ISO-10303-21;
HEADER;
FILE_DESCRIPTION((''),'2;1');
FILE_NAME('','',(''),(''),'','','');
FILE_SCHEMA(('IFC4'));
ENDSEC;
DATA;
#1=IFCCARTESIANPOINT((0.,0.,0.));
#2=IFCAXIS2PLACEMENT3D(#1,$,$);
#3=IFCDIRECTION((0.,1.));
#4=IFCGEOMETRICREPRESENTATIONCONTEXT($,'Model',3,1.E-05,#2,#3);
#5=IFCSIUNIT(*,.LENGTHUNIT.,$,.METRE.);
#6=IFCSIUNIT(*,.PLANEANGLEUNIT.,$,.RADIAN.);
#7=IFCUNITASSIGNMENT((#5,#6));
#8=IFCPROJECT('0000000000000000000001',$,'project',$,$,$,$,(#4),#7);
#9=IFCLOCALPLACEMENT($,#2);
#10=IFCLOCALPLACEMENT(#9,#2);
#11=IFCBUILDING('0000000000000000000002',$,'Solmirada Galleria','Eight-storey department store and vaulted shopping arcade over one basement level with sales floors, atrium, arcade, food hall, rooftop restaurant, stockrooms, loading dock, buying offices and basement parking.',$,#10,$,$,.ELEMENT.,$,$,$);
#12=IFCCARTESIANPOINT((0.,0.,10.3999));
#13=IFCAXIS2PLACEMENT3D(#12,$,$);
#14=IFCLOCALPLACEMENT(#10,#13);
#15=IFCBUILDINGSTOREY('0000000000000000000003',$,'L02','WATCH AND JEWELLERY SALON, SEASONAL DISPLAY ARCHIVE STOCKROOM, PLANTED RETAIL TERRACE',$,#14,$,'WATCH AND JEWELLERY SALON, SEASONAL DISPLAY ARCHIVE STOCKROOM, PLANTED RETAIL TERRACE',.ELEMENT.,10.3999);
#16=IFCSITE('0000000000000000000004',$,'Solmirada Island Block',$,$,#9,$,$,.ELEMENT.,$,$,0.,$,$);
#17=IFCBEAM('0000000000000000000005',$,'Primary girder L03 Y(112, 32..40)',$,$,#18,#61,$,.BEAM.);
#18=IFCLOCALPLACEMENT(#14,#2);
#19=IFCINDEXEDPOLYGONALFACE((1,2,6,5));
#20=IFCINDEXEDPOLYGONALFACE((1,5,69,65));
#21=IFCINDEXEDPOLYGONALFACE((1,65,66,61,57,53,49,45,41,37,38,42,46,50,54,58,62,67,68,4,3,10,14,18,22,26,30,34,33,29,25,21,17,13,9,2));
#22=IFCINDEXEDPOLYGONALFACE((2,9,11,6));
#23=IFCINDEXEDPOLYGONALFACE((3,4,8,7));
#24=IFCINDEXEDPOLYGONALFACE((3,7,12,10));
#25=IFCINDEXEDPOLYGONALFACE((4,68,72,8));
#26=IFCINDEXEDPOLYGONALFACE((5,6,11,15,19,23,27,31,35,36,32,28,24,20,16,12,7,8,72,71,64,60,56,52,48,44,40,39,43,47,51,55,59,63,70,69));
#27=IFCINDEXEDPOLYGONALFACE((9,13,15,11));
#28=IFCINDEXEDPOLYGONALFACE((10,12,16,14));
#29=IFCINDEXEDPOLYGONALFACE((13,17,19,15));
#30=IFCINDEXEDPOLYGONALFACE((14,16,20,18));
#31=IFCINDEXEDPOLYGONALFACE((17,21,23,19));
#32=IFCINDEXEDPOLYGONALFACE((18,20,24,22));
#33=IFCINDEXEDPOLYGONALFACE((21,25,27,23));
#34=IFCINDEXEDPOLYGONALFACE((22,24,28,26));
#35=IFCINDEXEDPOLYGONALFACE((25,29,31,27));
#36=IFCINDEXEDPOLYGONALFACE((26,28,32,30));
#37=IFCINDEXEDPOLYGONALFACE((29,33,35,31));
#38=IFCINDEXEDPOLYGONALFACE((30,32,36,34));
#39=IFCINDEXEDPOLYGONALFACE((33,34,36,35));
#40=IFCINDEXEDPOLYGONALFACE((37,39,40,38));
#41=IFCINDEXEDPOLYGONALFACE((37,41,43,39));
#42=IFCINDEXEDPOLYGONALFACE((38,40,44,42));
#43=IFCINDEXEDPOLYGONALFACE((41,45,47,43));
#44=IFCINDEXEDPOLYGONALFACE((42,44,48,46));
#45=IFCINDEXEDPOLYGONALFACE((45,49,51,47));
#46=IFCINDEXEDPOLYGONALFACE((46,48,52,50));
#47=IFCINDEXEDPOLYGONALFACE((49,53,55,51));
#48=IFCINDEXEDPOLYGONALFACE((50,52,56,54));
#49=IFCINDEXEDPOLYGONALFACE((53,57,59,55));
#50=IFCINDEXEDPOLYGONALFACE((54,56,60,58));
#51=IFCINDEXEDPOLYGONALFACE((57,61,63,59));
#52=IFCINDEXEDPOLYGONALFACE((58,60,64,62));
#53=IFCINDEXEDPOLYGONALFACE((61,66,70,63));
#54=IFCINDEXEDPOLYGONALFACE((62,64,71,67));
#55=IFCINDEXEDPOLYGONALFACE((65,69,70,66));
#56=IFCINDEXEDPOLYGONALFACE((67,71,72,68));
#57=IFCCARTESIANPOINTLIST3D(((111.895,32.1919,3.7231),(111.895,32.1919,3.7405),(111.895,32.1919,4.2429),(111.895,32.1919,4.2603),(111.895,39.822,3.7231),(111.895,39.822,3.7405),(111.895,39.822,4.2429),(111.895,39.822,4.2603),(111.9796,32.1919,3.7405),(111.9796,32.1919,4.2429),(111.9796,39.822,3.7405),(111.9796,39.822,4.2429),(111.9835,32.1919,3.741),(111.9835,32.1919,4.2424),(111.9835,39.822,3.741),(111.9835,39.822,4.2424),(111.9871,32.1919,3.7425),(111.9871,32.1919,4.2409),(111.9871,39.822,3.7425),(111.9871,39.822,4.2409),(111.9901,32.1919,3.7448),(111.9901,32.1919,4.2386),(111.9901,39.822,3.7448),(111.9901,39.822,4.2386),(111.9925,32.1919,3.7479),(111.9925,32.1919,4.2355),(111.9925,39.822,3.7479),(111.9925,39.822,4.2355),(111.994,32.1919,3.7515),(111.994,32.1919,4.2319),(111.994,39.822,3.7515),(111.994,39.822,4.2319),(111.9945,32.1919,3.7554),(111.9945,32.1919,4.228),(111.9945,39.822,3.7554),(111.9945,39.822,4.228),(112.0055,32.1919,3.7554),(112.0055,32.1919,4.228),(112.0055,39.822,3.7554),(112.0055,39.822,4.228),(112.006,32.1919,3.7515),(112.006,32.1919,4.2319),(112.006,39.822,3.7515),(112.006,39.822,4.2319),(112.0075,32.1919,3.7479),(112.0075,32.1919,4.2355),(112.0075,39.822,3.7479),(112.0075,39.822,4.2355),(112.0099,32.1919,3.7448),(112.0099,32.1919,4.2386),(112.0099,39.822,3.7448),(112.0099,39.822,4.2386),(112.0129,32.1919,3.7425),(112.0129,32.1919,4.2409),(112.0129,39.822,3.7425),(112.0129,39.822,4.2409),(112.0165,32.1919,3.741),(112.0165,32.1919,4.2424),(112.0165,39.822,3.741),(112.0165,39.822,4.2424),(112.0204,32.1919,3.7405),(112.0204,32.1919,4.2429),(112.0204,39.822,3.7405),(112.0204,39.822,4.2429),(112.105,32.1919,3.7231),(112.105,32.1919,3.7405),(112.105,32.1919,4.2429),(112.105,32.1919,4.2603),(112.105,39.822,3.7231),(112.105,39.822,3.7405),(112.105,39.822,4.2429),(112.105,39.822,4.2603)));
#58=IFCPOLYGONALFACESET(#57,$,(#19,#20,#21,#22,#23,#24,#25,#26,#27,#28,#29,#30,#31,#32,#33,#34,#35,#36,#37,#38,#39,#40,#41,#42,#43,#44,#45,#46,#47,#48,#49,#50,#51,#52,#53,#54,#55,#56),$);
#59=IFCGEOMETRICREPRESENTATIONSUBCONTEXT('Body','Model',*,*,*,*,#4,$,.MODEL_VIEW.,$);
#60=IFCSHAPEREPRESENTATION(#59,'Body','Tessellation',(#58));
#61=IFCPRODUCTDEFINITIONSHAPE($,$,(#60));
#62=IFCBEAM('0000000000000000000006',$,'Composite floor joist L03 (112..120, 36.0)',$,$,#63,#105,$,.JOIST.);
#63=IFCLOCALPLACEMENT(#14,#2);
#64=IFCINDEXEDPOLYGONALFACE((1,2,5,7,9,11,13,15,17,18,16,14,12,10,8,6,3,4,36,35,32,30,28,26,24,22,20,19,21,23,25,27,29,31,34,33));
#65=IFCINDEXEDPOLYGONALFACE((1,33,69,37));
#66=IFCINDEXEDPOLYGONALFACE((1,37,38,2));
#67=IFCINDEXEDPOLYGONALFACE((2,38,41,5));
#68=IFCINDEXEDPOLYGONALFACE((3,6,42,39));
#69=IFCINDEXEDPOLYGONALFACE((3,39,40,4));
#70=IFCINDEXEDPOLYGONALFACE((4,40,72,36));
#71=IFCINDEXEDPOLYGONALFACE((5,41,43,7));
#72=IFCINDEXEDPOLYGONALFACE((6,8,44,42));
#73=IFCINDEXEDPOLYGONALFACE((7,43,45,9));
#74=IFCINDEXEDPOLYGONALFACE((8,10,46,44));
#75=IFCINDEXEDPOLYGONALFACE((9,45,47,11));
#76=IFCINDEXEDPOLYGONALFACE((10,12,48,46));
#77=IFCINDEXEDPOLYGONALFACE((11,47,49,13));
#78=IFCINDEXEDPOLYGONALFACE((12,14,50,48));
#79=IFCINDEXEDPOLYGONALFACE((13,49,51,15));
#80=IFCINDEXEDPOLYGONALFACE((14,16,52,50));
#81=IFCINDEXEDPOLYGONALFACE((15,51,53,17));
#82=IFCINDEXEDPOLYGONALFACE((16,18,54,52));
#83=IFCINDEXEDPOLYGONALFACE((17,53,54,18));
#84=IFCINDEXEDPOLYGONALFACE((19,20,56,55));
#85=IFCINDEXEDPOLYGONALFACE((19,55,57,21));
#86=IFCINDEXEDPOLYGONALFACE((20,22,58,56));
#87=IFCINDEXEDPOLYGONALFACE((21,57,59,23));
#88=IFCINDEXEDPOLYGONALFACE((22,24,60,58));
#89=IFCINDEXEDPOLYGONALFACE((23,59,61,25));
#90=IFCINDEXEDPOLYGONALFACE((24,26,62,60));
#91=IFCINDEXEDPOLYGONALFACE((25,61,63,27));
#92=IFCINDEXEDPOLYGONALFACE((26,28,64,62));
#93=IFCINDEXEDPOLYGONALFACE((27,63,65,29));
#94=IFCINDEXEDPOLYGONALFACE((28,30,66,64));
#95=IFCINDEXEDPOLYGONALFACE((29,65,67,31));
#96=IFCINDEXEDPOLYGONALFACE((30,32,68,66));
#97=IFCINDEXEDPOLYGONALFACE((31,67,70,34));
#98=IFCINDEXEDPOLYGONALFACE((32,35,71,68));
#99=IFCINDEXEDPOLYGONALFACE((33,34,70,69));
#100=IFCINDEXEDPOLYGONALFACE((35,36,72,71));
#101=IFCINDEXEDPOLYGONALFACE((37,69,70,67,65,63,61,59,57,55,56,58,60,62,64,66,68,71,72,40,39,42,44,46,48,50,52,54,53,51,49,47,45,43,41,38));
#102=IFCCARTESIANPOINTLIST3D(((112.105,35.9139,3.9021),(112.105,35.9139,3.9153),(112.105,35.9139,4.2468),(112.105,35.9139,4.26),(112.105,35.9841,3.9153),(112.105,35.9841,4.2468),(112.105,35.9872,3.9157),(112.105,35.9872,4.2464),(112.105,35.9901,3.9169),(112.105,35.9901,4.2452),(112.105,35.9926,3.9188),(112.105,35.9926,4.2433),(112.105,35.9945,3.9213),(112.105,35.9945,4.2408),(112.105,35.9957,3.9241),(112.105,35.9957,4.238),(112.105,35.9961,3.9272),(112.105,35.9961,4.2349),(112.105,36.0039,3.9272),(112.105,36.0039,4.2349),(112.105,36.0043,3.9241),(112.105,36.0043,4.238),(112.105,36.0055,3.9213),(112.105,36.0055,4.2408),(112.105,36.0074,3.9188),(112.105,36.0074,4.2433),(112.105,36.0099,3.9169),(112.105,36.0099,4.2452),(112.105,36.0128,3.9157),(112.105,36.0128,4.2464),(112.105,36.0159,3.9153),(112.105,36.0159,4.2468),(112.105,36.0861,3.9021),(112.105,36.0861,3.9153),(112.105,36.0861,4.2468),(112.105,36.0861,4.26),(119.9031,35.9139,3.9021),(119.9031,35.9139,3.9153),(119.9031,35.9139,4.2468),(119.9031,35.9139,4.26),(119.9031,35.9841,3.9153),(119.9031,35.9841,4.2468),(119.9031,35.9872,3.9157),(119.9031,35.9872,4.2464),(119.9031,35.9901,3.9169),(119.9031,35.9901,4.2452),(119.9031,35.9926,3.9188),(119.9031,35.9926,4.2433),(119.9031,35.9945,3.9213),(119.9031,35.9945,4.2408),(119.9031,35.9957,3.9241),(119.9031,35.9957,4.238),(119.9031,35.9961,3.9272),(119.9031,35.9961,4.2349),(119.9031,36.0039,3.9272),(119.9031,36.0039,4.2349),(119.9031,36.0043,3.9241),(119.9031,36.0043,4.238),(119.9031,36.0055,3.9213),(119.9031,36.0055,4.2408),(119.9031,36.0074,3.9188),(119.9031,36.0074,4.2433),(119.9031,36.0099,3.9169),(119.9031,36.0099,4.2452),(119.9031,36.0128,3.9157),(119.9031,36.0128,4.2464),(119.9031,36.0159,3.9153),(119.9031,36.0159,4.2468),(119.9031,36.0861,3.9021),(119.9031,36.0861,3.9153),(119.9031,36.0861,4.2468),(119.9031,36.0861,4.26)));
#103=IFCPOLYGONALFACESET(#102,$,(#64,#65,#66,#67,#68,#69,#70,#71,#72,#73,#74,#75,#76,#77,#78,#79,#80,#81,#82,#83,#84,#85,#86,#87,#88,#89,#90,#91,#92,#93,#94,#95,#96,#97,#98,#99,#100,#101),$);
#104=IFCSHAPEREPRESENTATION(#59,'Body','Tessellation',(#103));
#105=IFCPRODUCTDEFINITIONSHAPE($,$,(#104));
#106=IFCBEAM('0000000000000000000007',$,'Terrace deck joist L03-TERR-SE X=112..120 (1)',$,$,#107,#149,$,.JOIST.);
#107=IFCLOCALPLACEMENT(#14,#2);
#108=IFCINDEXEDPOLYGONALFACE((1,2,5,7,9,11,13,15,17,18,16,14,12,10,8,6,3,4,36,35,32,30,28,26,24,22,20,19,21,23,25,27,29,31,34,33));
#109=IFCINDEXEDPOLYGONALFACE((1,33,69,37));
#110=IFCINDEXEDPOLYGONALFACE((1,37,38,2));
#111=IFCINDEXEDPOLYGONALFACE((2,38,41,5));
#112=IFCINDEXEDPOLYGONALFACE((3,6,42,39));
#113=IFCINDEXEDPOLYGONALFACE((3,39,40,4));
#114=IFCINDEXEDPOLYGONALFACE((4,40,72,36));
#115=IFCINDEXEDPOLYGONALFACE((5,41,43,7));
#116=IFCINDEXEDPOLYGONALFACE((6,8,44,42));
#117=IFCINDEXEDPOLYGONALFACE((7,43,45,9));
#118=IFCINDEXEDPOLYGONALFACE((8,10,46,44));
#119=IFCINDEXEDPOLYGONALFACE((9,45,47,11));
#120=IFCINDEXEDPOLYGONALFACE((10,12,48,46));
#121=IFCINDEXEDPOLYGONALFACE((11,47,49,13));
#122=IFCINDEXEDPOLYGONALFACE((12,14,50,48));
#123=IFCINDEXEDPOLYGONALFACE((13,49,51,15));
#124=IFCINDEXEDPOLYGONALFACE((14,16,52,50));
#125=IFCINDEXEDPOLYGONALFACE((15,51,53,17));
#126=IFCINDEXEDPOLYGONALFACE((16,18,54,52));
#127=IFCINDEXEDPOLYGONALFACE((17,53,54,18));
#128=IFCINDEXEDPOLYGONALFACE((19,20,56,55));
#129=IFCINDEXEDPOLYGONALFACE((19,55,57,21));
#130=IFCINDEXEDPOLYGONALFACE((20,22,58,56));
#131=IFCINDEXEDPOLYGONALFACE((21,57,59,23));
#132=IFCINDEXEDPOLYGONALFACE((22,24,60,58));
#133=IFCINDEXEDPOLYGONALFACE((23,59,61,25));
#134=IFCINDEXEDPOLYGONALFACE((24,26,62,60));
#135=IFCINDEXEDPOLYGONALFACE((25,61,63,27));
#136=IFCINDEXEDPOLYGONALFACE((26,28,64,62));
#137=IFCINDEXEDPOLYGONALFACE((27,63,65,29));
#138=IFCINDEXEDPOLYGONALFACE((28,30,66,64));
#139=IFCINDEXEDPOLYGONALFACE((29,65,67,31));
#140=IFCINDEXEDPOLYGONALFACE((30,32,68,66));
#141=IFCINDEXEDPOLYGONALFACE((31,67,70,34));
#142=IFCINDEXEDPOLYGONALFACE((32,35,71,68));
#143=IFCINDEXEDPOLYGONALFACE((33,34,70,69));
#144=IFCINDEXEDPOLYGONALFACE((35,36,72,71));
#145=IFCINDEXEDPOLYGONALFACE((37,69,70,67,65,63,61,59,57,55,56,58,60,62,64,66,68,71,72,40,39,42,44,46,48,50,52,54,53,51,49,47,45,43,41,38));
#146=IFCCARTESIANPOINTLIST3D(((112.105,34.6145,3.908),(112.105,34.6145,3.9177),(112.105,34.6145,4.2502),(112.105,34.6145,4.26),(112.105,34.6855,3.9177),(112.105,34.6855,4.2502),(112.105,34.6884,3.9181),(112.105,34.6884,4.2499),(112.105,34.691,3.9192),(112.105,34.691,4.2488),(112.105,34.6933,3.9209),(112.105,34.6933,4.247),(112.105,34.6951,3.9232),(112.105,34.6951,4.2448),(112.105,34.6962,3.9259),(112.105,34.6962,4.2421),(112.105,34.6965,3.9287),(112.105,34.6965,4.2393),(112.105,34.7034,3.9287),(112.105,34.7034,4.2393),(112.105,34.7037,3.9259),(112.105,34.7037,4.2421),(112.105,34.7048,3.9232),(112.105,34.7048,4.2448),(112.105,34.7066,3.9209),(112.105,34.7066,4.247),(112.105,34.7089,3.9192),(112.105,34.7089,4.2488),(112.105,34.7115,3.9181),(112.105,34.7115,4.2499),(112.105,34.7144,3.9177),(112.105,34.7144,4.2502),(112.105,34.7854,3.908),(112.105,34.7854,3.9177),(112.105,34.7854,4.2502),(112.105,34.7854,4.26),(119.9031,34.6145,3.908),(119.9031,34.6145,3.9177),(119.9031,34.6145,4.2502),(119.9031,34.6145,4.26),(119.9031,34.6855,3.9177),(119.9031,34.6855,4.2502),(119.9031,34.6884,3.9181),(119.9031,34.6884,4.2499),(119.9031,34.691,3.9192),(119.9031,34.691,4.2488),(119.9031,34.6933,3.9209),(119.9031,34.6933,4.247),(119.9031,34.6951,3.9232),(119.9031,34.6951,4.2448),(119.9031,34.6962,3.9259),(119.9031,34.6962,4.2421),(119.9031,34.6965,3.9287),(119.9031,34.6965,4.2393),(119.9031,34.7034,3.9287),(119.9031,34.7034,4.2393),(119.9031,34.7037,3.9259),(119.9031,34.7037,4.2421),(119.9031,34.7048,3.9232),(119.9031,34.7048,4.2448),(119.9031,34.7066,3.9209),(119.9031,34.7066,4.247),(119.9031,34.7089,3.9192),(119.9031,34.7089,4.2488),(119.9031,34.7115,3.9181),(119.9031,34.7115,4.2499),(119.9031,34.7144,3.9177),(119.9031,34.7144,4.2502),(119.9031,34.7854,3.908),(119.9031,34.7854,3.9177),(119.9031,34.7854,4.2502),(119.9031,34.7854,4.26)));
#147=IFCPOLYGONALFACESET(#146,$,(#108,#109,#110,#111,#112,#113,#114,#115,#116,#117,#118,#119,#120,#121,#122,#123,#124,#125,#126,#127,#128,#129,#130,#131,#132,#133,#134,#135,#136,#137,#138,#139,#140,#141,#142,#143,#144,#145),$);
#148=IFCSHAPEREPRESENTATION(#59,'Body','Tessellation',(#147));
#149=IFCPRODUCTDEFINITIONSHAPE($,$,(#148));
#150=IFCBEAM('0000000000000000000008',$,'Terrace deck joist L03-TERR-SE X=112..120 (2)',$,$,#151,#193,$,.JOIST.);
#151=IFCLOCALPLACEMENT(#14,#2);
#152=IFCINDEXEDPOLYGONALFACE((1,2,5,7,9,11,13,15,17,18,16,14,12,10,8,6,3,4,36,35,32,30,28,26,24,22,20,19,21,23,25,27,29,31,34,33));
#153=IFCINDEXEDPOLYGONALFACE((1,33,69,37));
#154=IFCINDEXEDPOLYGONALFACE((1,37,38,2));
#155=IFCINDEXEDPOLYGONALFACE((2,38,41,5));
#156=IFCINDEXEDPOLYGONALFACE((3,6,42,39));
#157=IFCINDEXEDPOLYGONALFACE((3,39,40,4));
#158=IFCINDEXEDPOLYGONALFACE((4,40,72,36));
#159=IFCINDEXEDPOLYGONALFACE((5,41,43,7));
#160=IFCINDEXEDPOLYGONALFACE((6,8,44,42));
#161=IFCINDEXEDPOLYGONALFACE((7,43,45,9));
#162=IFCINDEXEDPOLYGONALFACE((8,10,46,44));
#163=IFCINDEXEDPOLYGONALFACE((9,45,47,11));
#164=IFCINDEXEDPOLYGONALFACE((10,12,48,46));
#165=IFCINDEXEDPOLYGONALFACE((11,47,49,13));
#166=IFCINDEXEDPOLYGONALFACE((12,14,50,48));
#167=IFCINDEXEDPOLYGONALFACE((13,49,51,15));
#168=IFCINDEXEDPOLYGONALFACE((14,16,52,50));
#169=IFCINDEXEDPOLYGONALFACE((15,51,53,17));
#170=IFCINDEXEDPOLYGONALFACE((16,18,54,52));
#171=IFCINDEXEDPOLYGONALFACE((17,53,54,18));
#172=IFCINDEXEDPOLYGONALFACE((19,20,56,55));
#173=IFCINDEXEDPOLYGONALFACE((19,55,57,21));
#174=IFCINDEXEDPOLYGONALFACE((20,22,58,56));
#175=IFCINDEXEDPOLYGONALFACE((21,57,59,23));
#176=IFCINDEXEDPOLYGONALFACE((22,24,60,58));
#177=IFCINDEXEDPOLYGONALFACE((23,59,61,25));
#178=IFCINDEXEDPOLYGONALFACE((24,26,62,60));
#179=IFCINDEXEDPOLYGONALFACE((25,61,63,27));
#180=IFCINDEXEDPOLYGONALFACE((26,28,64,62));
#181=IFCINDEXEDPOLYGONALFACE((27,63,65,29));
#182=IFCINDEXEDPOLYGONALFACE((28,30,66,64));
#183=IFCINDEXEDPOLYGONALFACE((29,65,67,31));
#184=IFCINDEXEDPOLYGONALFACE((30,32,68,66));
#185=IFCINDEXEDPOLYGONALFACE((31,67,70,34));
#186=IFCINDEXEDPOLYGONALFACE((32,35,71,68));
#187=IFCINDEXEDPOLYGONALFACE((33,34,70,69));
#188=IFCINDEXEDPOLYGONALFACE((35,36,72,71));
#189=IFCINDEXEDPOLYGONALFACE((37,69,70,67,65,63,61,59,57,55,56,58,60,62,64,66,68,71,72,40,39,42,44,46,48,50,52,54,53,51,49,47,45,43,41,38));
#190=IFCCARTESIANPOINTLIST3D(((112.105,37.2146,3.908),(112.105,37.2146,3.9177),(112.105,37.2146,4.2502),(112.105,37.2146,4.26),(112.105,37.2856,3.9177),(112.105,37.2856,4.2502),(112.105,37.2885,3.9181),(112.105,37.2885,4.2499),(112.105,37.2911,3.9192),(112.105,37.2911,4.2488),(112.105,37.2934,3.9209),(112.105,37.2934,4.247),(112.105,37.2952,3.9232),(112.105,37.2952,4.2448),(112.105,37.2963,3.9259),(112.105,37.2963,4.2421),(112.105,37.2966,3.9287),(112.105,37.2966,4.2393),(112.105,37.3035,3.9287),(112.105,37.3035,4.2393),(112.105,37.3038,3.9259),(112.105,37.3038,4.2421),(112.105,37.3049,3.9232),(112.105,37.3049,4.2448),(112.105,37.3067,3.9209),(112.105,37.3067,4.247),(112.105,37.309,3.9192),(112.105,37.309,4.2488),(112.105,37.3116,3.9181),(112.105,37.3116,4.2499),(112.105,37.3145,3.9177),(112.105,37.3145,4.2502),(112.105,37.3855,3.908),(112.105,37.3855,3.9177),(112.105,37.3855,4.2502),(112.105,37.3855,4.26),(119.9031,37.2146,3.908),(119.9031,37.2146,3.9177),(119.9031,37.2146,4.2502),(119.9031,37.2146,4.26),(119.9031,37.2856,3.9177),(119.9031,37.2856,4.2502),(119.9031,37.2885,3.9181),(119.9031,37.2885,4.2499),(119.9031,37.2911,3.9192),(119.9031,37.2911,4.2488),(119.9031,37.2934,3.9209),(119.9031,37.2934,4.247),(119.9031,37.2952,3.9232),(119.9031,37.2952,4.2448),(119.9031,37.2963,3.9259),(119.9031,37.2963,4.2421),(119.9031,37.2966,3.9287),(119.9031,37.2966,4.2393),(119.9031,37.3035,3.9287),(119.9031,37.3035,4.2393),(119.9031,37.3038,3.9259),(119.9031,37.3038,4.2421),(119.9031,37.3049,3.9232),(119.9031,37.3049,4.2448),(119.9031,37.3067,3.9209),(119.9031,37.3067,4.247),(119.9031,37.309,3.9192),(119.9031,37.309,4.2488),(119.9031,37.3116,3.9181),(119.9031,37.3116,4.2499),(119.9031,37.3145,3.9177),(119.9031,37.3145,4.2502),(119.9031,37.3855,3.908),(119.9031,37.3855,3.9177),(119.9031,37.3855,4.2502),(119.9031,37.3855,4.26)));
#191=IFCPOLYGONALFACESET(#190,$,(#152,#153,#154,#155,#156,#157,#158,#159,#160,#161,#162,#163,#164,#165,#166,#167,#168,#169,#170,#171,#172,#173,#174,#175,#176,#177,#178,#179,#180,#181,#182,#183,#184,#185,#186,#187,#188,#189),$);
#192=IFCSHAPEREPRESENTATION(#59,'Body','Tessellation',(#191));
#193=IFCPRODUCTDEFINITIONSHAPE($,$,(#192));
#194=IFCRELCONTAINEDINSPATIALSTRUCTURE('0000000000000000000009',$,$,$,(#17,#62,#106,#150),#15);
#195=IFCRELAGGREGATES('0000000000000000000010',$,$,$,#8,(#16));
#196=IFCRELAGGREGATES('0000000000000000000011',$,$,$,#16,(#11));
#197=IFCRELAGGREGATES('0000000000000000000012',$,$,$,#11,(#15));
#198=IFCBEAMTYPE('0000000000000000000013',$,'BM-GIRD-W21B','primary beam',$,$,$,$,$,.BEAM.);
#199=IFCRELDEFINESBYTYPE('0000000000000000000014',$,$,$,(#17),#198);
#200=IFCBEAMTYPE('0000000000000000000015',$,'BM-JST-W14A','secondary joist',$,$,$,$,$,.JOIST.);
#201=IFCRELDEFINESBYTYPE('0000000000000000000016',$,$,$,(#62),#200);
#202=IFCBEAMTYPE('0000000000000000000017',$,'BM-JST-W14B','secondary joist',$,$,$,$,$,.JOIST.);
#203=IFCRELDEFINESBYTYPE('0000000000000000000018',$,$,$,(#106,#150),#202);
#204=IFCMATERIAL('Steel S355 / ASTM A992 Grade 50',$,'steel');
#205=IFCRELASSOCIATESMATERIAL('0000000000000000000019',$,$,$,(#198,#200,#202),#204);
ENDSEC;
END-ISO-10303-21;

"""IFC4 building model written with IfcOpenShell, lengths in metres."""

from ifc_helpers import new_model, si_unit, direction, frame, origin, origin_2d, place, context, subcontext, project, spatial, i_section, extrude, material, material_profile, profile_set, type_object, element, save


model = new_model("IFC4")

# Units and contexts
model_context = context("Model", 3, precision=1e-05, world=origin(), true_north=direction((0.0, 1.0)))
body_context = subcontext(model_context, "Body", "Model", "MODEL_VIEW")
ifc_project = project(units=[si_unit("LENGTHUNIT", "METRE"), si_unit("PLANEANGLEUNIT", "RADIAN")], contexts=[model_context])

# Site, building, storey
site_placement = place(None, origin())
site = spatial("IfcSite", under=ifc_project, at=site_placement, Name="Solmirada Island Block", CompositionType="ELEMENT", RefElevation=0.0)
building_placement = place(site_placement, origin())
building = spatial("IfcBuilding", under=site, at=building_placement, Name="Solmirada Galleria", Description="Eight-storey department store and vaulted shopping arcade over one basement level with sales floors, atrium, arcade, food hall, rooftop restaurant, stockrooms, loading dock, buying offices and basement parking.", CompositionType="ELEMENT")
storey_placement = place(building_placement, frame((0.0, 0.0, 10.3999)))
storey = spatial("IfcBuildingStorey", under=building, at=storey_placement, Name="L02", Description="WATCH AND JEWELLERY SALON, SEASONAL DISPLAY ARCHIVE STOCKROOM, PLANTED RETAIL TERRACE", LongName="WATCH AND JEWELLERY SALON, SEASONAL DISPLAY ARCHIVE STOCKROOM, PLANTED RETAIL TERRACE", CompositionType="ELEMENT", Elevation=10.3999)

# Beams
ifc_material_1 = material(Name="Steel S355 / ASTM A992 Grade 50", Category="steel")
ifc_material_profile_1 = material_profile(ifc_material_1, i_section(OverallWidth=0.21, OverallDepth=0.5371, WebThickness=0.011, FlangeThickness=0.0173, FilletRadius=0.0149, at=origin_2d()), Name="W21X68")
ifc_profile_set_1 = profile_set([ifc_material_profile_1], Name="Steel S355 / ASTM A992 Grade 50")
beam_type_1 = type_object("IfcBeamType", Name="BM-GIRD-W21B", Description="primary beam", PredefinedType="BEAM", material=ifc_profile_set_1)
beam_1_placement = place(storey_placement, frame((112.0, 32.1919, 3.9917), z_axis=(0.0, 1.0, 0.0), x_axis=(-1.0, 0.0, 0.0)))
element("IfcBeam", 1, at=beam_1_placement, inside=storey, type_object=beam_type_1, Name="Primary girder L03 Y(112, 32..40)", PredefinedType="BEAM", context=body_context, shape_type="SweptSolid", body=[
    extrude(i_section(OverallWidth=0.21, OverallDepth=0.5371, WebThickness=0.011, FlangeThickness=0.0173, FilletRadius=0.0149, at=origin_2d()), origin(), (0.0, 0.0, 1.0), 7.6301),
])
ifc_material_profile_2 = material_profile(ifc_material_1, i_section(OverallWidth=0.1721, OverallDepth=0.3579, WebThickness=0.0078, FlangeThickness=0.0132, FilletRadius=0.012, at=origin_2d()), Name="W14X38")
ifc_profile_set_2 = profile_set([ifc_material_profile_2], Name="Steel S355 / ASTM A992 Grade 50")
beam_type_2 = type_object("IfcBeamType", Name="BM-JST-W14A", Description="secondary joist", PredefinedType="JOIST", material=ifc_profile_set_2)
beam_2_placement = place(storey_placement, frame((112.105, 36.0, 4.0811), z_axis=(1.0, 0.0, 0.0), x_axis=(0.0, 1.0, 0.0)))
element("IfcBeam", 2, at=beam_2_placement, inside=storey, type_object=beam_type_2, Name="Composite floor joist L03 (112..120, 36.0)", PredefinedType="JOIST", context=body_context, shape_type="SweptSolid", body=[
    extrude(i_section(OverallWidth=0.1721, OverallDepth=0.3579, WebThickness=0.0078, FlangeThickness=0.0132, FilletRadius=0.012, at=origin_2d()), origin(), (0.0, 0.0, 1.0), 7.7981),
])
ifc_material_profile_3 = material_profile(ifc_material_1, i_section(OverallWidth=0.1709, OverallDepth=0.3521, WebThickness=0.0068, FlangeThickness=0.0098, FilletRadius=0.011, at=origin_2d()), Name="W14X30")
ifc_profile_set_3 = profile_set([ifc_material_profile_3], Name="Steel S355 / ASTM A992 Grade 50")
beam_type_3 = type_object("IfcBeamType", Name="BM-JST-W14B", Description="secondary joist", PredefinedType="JOIST", material=ifc_profile_set_3)
for number, where, z_axis, x_axis, name in (
    (3, (112.105, 34.7, 4.084), (1.0, 0.0, 0.0), (0.0, 1.0, 0.0), "Terrace deck joist L03-TERR-SE X=112..120 (1)"),
    (4, (112.105, 37.3, 4.084), (1.0, 0.0, 0.0), (0.0, 1.0, 0.0), "Terrace deck joist L03-TERR-SE X=112..120 (2)"),
):
    element("IfcBeam", number, at=place(storey_placement, frame(where, z_axis=z_axis, x_axis=x_axis)), inside=storey, type_object=beam_type_3, Name=name, PredefinedType="JOIST", context=body_context, shape_type="SweptSolid", body=[
        extrude(i_section(OverallWidth=0.1709, OverallDepth=0.3521, WebThickness=0.0068, FlangeThickness=0.0098, FilletRadius=0.011, at=origin_2d()), origin(), (0.0, 0.0, 1.0), 7.7981),
    ])

save(model, "model.ifc")
